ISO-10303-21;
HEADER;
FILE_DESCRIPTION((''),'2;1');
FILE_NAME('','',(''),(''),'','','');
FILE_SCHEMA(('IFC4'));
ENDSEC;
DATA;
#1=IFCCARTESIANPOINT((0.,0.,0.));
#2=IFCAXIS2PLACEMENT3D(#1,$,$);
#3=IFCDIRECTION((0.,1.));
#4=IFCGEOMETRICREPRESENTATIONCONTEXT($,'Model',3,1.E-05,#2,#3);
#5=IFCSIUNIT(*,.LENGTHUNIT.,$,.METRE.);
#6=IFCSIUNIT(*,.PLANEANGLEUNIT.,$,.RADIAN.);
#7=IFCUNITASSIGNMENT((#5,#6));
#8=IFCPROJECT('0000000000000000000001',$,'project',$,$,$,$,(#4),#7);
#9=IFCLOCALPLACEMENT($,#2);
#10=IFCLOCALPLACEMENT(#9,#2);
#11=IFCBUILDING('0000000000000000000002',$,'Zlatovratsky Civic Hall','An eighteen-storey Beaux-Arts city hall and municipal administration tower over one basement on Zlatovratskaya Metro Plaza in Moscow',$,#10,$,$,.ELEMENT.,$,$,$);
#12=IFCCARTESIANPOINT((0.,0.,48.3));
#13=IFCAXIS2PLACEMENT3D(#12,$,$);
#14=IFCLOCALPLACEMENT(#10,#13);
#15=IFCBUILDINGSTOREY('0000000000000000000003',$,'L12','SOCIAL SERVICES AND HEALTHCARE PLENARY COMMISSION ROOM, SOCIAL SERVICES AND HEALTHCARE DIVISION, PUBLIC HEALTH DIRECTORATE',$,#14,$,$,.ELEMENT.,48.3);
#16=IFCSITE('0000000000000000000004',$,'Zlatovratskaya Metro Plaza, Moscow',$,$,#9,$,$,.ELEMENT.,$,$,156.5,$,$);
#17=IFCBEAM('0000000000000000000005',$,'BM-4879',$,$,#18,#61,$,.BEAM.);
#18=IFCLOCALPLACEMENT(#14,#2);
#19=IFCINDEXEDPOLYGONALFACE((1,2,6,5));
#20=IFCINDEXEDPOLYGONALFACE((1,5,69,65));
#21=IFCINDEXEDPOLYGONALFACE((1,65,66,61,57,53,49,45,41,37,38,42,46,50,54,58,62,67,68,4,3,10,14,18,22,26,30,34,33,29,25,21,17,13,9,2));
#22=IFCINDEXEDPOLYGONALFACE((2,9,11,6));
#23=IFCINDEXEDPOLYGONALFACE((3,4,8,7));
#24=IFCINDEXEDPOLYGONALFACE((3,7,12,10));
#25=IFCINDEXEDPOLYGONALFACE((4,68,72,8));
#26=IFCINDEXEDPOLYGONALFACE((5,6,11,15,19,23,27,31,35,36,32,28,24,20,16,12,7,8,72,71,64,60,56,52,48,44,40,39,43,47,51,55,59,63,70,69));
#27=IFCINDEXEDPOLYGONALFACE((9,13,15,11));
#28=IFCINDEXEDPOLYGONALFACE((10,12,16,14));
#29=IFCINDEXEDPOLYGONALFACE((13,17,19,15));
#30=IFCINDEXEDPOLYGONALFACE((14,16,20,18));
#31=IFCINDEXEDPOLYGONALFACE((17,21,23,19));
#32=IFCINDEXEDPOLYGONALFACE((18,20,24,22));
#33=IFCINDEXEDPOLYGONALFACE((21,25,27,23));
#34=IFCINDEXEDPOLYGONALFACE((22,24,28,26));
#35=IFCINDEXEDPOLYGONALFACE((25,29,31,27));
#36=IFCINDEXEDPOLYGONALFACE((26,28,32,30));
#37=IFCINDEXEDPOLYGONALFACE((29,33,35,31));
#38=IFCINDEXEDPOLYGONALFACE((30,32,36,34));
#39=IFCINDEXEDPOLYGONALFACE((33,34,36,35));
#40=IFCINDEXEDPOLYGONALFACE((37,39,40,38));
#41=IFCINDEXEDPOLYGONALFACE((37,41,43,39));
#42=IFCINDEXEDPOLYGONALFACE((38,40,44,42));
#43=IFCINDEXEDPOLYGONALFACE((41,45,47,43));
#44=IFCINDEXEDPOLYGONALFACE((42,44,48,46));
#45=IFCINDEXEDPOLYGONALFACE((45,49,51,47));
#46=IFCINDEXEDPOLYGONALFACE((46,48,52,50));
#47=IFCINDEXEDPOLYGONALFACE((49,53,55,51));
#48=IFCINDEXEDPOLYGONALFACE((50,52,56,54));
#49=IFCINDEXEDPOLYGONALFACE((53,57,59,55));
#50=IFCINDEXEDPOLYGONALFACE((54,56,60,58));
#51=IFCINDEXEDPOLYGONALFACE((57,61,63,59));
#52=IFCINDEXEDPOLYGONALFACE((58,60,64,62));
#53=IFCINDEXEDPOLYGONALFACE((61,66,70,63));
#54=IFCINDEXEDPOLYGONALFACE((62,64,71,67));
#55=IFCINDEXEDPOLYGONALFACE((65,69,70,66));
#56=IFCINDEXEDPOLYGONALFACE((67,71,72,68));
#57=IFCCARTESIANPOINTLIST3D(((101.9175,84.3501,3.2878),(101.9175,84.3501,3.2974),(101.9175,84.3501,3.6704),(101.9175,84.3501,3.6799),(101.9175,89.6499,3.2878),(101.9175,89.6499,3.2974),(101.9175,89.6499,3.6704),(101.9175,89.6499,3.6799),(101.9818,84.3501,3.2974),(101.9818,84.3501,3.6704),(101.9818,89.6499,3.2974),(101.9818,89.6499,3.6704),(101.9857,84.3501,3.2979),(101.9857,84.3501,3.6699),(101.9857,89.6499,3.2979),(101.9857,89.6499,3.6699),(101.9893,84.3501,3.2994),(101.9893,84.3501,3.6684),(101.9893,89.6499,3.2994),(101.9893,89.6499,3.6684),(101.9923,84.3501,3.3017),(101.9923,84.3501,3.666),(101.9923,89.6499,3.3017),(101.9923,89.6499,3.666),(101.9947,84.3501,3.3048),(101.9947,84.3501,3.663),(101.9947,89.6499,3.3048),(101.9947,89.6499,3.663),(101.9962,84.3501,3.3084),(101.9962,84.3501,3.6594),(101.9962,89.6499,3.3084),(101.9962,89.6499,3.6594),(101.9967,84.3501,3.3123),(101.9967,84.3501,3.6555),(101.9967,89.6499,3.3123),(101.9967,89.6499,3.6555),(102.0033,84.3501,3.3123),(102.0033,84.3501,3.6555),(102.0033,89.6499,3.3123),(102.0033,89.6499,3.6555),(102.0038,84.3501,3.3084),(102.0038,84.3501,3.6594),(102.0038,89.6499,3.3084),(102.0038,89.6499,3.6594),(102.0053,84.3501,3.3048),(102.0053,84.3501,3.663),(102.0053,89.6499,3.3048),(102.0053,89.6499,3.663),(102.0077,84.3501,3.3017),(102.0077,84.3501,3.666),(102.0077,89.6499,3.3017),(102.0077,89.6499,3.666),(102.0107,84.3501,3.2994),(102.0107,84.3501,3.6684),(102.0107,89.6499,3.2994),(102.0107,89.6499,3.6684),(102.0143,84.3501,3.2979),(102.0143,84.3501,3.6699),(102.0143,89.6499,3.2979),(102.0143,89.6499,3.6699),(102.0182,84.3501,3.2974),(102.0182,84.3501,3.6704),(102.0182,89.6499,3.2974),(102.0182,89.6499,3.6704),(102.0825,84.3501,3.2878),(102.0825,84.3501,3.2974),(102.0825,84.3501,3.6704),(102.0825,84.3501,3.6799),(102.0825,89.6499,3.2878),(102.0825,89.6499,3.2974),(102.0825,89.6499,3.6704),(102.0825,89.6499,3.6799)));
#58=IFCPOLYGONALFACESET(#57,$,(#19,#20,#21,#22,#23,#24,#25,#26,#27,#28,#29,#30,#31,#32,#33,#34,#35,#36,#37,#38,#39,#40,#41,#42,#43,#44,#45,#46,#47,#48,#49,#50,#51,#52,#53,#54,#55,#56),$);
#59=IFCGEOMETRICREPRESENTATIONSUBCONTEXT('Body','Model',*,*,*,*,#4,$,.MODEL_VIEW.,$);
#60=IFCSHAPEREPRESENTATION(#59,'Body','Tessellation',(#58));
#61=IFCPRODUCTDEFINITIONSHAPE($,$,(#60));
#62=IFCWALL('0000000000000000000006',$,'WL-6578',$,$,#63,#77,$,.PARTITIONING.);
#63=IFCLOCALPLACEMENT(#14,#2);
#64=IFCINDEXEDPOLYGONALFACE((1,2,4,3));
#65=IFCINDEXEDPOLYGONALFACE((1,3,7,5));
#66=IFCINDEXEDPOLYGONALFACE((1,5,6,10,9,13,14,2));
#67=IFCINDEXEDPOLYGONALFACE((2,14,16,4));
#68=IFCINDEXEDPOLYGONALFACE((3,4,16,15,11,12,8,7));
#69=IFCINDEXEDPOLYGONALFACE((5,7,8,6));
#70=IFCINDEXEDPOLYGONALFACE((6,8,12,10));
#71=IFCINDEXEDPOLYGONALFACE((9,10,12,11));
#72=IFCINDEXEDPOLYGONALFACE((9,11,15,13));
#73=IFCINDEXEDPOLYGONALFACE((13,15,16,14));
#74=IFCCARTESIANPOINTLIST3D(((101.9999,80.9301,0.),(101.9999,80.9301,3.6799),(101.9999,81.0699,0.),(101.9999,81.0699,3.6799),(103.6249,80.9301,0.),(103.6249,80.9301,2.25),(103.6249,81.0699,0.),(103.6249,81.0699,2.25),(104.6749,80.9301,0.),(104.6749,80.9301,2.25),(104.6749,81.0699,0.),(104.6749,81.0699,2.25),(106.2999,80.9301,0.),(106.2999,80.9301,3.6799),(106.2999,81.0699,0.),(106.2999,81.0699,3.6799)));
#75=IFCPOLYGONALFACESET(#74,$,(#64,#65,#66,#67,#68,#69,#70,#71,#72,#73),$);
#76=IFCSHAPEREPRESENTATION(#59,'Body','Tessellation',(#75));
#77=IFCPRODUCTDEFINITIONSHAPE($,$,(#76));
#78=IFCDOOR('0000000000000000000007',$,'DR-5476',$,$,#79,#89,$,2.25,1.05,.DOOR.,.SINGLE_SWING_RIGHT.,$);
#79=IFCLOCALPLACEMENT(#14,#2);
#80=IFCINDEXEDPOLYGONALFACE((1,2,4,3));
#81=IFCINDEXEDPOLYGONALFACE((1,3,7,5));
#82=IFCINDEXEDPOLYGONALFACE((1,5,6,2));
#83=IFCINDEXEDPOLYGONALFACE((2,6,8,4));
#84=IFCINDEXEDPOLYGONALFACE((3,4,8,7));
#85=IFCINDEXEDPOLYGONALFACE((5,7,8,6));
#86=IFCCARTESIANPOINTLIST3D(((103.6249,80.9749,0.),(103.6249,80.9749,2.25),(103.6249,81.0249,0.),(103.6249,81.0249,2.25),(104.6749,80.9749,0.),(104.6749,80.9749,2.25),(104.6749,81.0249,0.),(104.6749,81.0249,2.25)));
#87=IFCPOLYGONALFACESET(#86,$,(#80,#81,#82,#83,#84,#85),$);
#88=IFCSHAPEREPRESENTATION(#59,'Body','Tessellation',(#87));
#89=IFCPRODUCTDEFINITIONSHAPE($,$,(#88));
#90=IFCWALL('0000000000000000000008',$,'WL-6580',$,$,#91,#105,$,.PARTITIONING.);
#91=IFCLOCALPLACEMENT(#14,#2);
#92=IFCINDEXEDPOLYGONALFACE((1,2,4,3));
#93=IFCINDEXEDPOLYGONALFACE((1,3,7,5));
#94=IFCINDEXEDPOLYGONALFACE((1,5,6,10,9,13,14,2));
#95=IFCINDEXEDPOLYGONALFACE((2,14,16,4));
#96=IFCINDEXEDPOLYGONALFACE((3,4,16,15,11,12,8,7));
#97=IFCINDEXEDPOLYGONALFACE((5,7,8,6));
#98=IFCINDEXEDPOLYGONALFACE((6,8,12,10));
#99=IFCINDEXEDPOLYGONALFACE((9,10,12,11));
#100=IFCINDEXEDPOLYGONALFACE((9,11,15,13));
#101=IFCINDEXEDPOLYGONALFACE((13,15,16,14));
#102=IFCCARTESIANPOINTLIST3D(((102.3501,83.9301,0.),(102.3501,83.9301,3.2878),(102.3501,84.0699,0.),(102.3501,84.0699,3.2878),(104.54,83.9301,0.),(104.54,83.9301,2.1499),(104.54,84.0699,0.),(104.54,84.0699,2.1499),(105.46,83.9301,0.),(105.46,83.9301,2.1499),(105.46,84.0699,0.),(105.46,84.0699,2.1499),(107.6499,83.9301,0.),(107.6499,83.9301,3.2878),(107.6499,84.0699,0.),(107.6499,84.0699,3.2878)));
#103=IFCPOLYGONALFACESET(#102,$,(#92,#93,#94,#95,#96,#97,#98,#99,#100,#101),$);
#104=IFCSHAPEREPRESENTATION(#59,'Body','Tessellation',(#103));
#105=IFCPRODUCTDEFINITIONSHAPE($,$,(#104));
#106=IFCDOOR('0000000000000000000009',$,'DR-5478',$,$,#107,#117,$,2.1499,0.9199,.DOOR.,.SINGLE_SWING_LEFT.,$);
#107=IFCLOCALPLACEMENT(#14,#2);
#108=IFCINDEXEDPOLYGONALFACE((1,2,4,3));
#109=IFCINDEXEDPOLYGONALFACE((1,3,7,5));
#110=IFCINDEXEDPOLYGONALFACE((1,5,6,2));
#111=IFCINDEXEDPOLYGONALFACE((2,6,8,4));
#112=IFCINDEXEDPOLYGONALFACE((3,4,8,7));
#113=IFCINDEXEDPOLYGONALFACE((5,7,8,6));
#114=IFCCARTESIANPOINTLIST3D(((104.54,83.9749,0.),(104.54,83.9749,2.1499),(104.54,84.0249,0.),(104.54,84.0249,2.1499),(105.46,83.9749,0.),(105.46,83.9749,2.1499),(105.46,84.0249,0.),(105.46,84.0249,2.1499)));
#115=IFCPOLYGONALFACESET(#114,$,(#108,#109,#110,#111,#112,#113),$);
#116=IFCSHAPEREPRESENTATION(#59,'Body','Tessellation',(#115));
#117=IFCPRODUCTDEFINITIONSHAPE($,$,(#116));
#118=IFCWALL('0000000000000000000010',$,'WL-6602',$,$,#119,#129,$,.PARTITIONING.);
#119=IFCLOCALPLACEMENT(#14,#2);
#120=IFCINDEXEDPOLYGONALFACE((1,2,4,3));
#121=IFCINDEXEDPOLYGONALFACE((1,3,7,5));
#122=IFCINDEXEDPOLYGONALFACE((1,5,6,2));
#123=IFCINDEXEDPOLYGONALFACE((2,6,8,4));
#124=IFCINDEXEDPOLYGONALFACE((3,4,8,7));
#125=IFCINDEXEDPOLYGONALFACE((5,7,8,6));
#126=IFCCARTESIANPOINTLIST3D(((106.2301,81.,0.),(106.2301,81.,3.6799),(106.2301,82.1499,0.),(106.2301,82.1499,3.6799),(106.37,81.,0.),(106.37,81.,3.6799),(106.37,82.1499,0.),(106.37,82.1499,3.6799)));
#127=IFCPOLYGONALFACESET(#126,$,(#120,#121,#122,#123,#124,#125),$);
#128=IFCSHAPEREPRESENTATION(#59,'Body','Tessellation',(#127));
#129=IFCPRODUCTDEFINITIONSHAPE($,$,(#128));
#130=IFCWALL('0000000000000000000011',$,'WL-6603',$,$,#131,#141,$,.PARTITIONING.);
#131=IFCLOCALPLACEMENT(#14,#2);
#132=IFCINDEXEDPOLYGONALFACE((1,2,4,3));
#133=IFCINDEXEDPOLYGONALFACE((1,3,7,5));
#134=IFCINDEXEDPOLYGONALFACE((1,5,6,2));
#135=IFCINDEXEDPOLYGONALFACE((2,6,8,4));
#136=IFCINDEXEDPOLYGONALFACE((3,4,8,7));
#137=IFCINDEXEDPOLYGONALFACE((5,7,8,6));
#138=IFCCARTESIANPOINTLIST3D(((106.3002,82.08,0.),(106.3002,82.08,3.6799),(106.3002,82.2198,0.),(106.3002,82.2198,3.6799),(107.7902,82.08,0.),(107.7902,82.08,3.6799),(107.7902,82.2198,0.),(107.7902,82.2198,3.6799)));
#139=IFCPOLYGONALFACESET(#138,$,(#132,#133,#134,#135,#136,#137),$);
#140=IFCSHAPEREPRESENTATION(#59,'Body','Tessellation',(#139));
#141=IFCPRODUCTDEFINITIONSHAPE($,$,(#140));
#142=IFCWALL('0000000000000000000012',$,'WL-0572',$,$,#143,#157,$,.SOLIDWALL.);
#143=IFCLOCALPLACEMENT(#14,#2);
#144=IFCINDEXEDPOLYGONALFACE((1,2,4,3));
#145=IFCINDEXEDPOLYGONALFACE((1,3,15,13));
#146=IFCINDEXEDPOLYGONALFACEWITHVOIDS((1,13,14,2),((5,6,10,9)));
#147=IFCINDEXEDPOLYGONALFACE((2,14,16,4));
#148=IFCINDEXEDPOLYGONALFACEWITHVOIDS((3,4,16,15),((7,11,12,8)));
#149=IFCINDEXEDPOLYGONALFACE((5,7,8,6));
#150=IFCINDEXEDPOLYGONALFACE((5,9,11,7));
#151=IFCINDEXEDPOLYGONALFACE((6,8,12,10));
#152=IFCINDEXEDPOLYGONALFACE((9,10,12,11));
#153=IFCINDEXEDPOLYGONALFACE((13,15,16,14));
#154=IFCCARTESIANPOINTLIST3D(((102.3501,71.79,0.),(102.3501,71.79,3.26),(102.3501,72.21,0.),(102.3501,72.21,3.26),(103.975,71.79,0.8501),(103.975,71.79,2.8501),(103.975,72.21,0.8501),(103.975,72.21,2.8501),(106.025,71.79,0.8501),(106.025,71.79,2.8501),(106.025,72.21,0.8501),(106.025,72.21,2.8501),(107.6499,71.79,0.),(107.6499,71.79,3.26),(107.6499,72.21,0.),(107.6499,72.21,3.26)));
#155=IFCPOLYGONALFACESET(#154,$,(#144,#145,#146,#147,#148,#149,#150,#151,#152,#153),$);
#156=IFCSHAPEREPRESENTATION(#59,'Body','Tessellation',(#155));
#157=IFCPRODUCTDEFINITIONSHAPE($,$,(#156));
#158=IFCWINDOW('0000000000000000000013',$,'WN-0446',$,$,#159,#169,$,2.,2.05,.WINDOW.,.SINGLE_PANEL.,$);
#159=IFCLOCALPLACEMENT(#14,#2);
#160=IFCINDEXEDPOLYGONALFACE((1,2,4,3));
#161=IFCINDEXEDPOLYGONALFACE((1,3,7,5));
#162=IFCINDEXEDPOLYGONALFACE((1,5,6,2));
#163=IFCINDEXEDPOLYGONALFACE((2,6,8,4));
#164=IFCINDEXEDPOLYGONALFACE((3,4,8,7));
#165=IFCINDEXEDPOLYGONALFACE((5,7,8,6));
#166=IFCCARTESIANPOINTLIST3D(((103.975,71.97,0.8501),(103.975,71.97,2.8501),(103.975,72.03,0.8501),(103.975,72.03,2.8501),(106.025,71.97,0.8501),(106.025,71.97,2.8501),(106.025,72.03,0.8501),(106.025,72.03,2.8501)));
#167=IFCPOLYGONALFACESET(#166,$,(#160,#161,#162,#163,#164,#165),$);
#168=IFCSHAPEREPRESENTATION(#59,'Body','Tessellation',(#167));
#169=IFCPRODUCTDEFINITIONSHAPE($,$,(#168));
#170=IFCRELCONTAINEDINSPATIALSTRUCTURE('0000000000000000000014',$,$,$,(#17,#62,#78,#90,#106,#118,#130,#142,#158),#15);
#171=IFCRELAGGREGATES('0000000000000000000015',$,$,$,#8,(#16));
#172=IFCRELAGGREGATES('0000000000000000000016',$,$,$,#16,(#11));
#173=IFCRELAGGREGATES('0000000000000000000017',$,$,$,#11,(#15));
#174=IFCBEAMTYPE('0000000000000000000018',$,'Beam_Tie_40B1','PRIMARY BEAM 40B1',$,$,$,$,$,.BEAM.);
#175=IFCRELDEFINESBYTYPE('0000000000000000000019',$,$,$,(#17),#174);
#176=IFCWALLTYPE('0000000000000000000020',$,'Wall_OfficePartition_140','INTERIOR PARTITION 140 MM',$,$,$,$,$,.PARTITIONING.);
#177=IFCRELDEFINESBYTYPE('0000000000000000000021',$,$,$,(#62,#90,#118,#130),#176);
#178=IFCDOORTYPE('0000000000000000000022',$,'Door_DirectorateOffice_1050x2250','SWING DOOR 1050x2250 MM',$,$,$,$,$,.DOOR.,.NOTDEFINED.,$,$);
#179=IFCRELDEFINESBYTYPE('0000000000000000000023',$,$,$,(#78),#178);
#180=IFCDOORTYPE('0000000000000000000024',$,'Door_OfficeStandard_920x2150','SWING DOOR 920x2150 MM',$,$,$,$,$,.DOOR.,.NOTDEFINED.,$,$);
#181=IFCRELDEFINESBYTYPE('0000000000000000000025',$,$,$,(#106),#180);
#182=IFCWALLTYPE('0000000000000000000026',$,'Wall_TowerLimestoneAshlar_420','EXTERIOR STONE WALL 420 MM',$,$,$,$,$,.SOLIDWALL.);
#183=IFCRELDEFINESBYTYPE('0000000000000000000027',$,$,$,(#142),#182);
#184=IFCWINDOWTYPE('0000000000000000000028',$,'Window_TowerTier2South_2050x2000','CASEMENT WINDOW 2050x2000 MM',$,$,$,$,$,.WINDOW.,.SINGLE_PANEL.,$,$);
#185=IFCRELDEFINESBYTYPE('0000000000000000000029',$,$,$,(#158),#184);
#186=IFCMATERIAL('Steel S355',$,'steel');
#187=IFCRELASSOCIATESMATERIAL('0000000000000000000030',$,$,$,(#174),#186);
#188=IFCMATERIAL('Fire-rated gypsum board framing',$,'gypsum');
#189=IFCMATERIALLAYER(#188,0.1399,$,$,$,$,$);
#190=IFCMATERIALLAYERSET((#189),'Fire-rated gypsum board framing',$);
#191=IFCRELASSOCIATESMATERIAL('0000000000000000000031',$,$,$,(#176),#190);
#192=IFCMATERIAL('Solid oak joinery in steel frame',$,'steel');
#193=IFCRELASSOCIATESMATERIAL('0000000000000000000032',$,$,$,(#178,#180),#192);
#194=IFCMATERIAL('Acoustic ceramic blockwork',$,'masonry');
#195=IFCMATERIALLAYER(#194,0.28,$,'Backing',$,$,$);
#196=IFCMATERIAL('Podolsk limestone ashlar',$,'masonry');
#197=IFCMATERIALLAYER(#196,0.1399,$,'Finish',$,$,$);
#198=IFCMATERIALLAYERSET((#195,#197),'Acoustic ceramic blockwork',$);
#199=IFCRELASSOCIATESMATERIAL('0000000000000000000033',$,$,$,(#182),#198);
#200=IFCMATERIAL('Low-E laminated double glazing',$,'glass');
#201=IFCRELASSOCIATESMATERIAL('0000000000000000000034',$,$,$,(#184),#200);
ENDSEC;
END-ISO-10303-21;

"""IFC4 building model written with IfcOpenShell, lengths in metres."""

from ifc_helpers import new_model, si_unit, direction, frame, frame_2d, origin, origin_2d, place, context, subcontext, project, spatial, rectangle, i_section, extrude, material, layer, layer_set, material_profile, profile_set, type_object, element, fill, save


model = new_model("IFC4")

# Units and contexts
model_context = context("Model", 3, precision=1e-05, world=origin(), true_north=direction((0.0, 1.0)))
body_context = subcontext(model_context, "Body", "Model", "MODEL_VIEW")
ifc_project = project(units=[si_unit("LENGTHUNIT", "METRE"), si_unit("PLANEANGLEUNIT", "RADIAN")], contexts=[model_context])

# Site, building, storey
site_placement = place(None, origin())
site = spatial("IfcSite", under=ifc_project, at=site_placement, Name="Zlatovratskaya Metro Plaza, Moscow", CompositionType="ELEMENT", RefElevation=156.5)
building_placement = place(site_placement, origin())
building = spatial("IfcBuilding", under=site, at=building_placement, Name="Zlatovratsky Civic Hall", Description="An eighteen-storey Beaux-Arts city hall and municipal administration tower over one basement on Zlatovratskaya Metro Plaza in Moscow", CompositionType="ELEMENT")
storey_placement = place(building_placement, frame((0.0, 0.0, 48.3)))
storey = spatial("IfcBuildingStorey", under=building, at=storey_placement, Name="L12", Description="SOCIAL SERVICES AND HEALTHCARE PLENARY COMMISSION ROOM, SOCIAL SERVICES AND HEALTHCARE DIVISION, PUBLIC HEALTH DIRECTORATE", CompositionType="ELEMENT", Elevation=48.3)

# Beam
ifc_material_1 = material(Name="Steel S355", Category="steel")
ifc_material_profile_1 = material_profile(ifc_material_1, i_section(OverallWidth=0.165, OverallDepth=0.3921, WebThickness=0.0066, FlangeThickness=0.0095, FilletRadius=0.0149, at=origin_2d()), Name="40B1")
ifc_profile_set_1 = profile_set([ifc_material_profile_1], Name="Steel S355")
beam_type_1 = type_object("IfcBeamType", Name="Beam_Tie_40B1", Description="PRIMARY BEAM 40B1", PredefinedType="BEAM", material=ifc_profile_set_1)
beam_1_placement = place(storey_placement, frame((102.0, 84.3501, 3.4839), z_axis=(0.0, 1.0, 0.0), x_axis=(-1.0, 0.0, 0.0)))
element("IfcBeam", 1, at=beam_1_placement, inside=storey, type_object=beam_type_1, Name="BM-4879", PredefinedType="BEAM", context=body_context, shape_type="SweptSolid", body=[
    extrude(i_section(OverallWidth=0.165, OverallDepth=0.3921, WebThickness=0.0066, FlangeThickness=0.0095, FilletRadius=0.0149, at=origin_2d()), origin(), (0.0, 0.0, 1.0), 5.2998),
])

# Walls, openings, doors
ifc_material_2 = material(Name="Fire-rated gypsum board framing", Category="gypsum")
ifc_layer_1 = layer(ifc_material_2, 0.1399)
ifc_layer_set_1 = layer_set([ifc_layer_1], Name="Fire-rated gypsum board framing")
wall_type_1 = type_object("IfcWallType", Name="Wall_OfficePartition_140", Description="INTERIOR PARTITION 140 MM", PredefinedType="PARTITIONING", material=ifc_layer_set_1)
wall_1_placement = place(storey_placement, frame((102.0, 81.0, 0.0), z_axis=(0.0, 0.0, 1.0), x_axis=(1.0, 0.0, 0.0)))
wall_1 = element("IfcWall", 2, at=wall_1_placement, inside=storey, type_object=wall_type_1, Name="WL-6578", PredefinedType="PARTITIONING", context=body_context, shape_type="SweptSolid", body=[
    extrude(rectangle(XDim=4.3, YDim=0.1399, at=frame_2d((2.1499, 0.0))), origin(), (0.0, 0.0, 1.0), 3.6799),
])
opening_1_placement = place(wall_1_placement, frame((1.625, 0.0, 0.0)))
opening_1 = element("IfcOpeningElement", 3, at=opening_1_placement, cuts=wall_1, PredefinedType="OPENING", context=body_context, shape_type="SweptSolid", body=[
    extrude(rectangle(XDim=1.05, YDim=2.25, at=frame_2d((0.5249, 1.125))), frame((0.0, 0.085, 0.0), z_axis=(0.0, -1.0, 0.0), x_axis=(1.0, 0.0, 0.0)), (0.0, 0.0, 1.0), 0.1697),
])
ifc_material_3 = material(Name="Solid oak joinery in steel frame", Category="steel")
door_type_1 = type_object("IfcDoorType", Name="Door_DirectorateOffice_1050x2250", Description="SWING DOOR 1050x2250 MM", OperationType="NOTDEFINED", PredefinedType="DOOR", material=ifc_material_3)
door_1_placement = place(opening_1_placement, origin())
door_1 = element("IfcDoor", 4, at=door_1_placement, inside=storey, type_object=door_type_1, Name="DR-5476", OperationType="SINGLE_SWING_RIGHT", OverallHeight=2.25, OverallWidth=1.05, PredefinedType="DOOR", context=body_context, shape_type="SweptSolid", body=[
    extrude(rectangle(XDim=1.05, YDim=2.25, at=frame_2d((0.5249, 1.125))), frame((0.0, 0.0249, 0.0), z_axis=(0.0, -1.0, 0.0), x_axis=(1.0, 0.0, 0.0)), (0.0, 0.0, 1.0), 0.05),
])
fill(opening_1, door_1)
wall_2_placement = place(storey_placement, frame((102.3501, 84.0, 0.0), z_axis=(0.0, 0.0, 1.0), x_axis=(1.0, 0.0, 0.0)))
wall_2 = element("IfcWall", 5, at=wall_2_placement, inside=storey, type_object=wall_type_1, Name="WL-6580", PredefinedType="PARTITIONING", context=body_context, shape_type="SweptSolid", body=[
    extrude(rectangle(XDim=5.2998, YDim=0.1399, at=frame_2d((2.6499, 0.0))), origin(), (0.0, 0.0, 1.0), 3.2878),
])
opening_2_placement = place(wall_2_placement, frame((2.1899, 0.0, 0.0)))
opening_2 = element("IfcOpeningElement", 6, at=opening_2_placement, cuts=wall_2, PredefinedType="OPENING", context=body_context, shape_type="SweptSolid", body=[
    extrude(rectangle(XDim=0.9199, YDim=2.1499, at=frame_2d((0.46, 1.075))), frame((0.0, 0.085, 0.0), z_axis=(0.0, -1.0, 0.0), x_axis=(1.0, 0.0, 0.0)), (0.0, 0.0, 1.0), 0.1697),
])
door_type_2 = type_object("IfcDoorType", Name="Door_OfficeStandard_920x2150", Description="SWING DOOR 920x2150 MM", OperationType="NOTDEFINED", PredefinedType="DOOR", material=ifc_material_3)
door_2_placement = place(opening_2_placement, origin())
door_2 = element("IfcDoor", 7, at=door_2_placement, inside=storey, type_object=door_type_2, Name="DR-5478", OperationType="SINGLE_SWING_LEFT", OverallHeight=2.1499, OverallWidth=0.9199, PredefinedType="DOOR", context=body_context, shape_type="SweptSolid", body=[
    extrude(rectangle(XDim=0.9199, YDim=2.1499, at=frame_2d((0.46, 1.075))), frame((0.0, 0.0249, 0.0), z_axis=(0.0, -1.0, 0.0), x_axis=(1.0, 0.0, 0.0)), (0.0, 0.0, 1.0), 0.05),
])
fill(opening_2, door_2)

# Walls
wall_3_placement = place(storey_placement, frame((106.3, 81.0, 0.0), z_axis=(0.0, 0.0, 1.0), x_axis=(0.0, 1.0, 0.0)))
element("IfcWall", 8, at=wall_3_placement, inside=storey, type_object=wall_type_1, Name="WL-6602", PredefinedType="PARTITIONING", context=body_context, shape_type="SweptSolid", body=[
    extrude(rectangle(XDim=1.1499, YDim=0.1399, at=frame_2d((0.575, 0.0))), origin(), (0.0, 0.0, 1.0), 3.6799),
])
wall_4_placement = place(storey_placement, frame((106.3, 82.1499, 0.0), z_axis=(0.0, 0.0, 1.0), x_axis=(1.0, 0.0, 0.0)))
element("IfcWall", 9, at=wall_4_placement, inside=storey, type_object=wall_type_1, Name="WL-6603", PredefinedType="PARTITIONING", context=body_context, shape_type="SweptSolid", body=[
    extrude(rectangle(XDim=1.49, YDim=0.1399, at=frame_2d((0.7451, 0.0))), origin(), (0.0, 0.0, 1.0), 3.6799),
])

# Wall, opening, window
ifc_material_4 = material(Name="Acoustic ceramic blockwork", Category="masonry")
ifc_layer_2 = layer(ifc_material_4, 0.28, Name="Backing")
ifc_material_5 = material(Name="Podolsk limestone ashlar", Category="masonry")
ifc_layer_3 = layer(ifc_material_5, 0.1399, Name="Finish")
ifc_layer_set_2 = layer_set([ifc_layer_2, ifc_layer_3], Name="Acoustic ceramic blockwork")
wall_type_2 = type_object("IfcWallType", Name="Wall_TowerLimestoneAshlar_420", Description="EXTERIOR STONE WALL 420 MM", PredefinedType="SOLIDWALL", material=ifc_layer_set_2)
wall_5_placement = place(storey_placement, frame((102.3501, 72.0, 0.0), z_axis=(0.0, 0.0, 1.0), x_axis=(1.0, 0.0, 0.0)))
wall_5 = element("IfcWall", 10, at=wall_5_placement, inside=storey, type_object=wall_type_2, Name="WL-0572", PredefinedType="SOLIDWALL", context=body_context, shape_type="SweptSolid", body=[
    extrude(rectangle(XDim=5.2998, YDim=0.4199, at=frame_2d((2.6499, 0.0))), origin(), (0.0, 0.0, 1.0), 3.26),
])
opening_3_placement = place(wall_5_placement, frame((1.625, 0.0, 0.8501)))
opening_3 = element("IfcOpeningElement", 11, at=opening_3_placement, cuts=wall_5, PredefinedType="OPENING", context=body_context, shape_type="SweptSolid", body=[
    extrude(rectangle(XDim=2.05, YDim=2.0, at=frame_2d((1.0249, 1.0))), frame((0.0, 0.2249, 0.0), z_axis=(0.0, -1.0, 0.0), x_axis=(1.0, 0.0, 0.0)), (0.0, 0.0, 1.0), 0.4497),
])
ifc_material_6 = material(Name="Low-E laminated double glazing", Category="glass")
window_type_1 = type_object("IfcWindowType", Name="Window_TowerTier2South_2050x2000", Description="CASEMENT WINDOW 2050x2000 MM", PartitioningType="SINGLE_PANEL", PredefinedType="WINDOW", material=ifc_material_6)
window_1_placement = place(opening_3_placement, origin())
window_1 = element("IfcWindow", 12, at=window_1_placement, inside=storey, type_object=window_type_1, Name="WN-0446", OverallHeight=2.0, OverallWidth=2.05, PartitioningType="SINGLE_PANEL", PredefinedType="WINDOW", context=body_context, shape_type="SweptSolid", body=[
    extrude(rectangle(XDim=2.05, YDim=2.0, at=frame_2d((1.0249, 1.0))), frame((0.0, 0.03, 0.0), z_axis=(0.0, -1.0, 0.0), x_axis=(1.0, 0.0, 0.0)), (0.0, 0.0, 1.0), 0.0601),
])
fill(opening_3, window_1)

save(model, "model.ifc")
